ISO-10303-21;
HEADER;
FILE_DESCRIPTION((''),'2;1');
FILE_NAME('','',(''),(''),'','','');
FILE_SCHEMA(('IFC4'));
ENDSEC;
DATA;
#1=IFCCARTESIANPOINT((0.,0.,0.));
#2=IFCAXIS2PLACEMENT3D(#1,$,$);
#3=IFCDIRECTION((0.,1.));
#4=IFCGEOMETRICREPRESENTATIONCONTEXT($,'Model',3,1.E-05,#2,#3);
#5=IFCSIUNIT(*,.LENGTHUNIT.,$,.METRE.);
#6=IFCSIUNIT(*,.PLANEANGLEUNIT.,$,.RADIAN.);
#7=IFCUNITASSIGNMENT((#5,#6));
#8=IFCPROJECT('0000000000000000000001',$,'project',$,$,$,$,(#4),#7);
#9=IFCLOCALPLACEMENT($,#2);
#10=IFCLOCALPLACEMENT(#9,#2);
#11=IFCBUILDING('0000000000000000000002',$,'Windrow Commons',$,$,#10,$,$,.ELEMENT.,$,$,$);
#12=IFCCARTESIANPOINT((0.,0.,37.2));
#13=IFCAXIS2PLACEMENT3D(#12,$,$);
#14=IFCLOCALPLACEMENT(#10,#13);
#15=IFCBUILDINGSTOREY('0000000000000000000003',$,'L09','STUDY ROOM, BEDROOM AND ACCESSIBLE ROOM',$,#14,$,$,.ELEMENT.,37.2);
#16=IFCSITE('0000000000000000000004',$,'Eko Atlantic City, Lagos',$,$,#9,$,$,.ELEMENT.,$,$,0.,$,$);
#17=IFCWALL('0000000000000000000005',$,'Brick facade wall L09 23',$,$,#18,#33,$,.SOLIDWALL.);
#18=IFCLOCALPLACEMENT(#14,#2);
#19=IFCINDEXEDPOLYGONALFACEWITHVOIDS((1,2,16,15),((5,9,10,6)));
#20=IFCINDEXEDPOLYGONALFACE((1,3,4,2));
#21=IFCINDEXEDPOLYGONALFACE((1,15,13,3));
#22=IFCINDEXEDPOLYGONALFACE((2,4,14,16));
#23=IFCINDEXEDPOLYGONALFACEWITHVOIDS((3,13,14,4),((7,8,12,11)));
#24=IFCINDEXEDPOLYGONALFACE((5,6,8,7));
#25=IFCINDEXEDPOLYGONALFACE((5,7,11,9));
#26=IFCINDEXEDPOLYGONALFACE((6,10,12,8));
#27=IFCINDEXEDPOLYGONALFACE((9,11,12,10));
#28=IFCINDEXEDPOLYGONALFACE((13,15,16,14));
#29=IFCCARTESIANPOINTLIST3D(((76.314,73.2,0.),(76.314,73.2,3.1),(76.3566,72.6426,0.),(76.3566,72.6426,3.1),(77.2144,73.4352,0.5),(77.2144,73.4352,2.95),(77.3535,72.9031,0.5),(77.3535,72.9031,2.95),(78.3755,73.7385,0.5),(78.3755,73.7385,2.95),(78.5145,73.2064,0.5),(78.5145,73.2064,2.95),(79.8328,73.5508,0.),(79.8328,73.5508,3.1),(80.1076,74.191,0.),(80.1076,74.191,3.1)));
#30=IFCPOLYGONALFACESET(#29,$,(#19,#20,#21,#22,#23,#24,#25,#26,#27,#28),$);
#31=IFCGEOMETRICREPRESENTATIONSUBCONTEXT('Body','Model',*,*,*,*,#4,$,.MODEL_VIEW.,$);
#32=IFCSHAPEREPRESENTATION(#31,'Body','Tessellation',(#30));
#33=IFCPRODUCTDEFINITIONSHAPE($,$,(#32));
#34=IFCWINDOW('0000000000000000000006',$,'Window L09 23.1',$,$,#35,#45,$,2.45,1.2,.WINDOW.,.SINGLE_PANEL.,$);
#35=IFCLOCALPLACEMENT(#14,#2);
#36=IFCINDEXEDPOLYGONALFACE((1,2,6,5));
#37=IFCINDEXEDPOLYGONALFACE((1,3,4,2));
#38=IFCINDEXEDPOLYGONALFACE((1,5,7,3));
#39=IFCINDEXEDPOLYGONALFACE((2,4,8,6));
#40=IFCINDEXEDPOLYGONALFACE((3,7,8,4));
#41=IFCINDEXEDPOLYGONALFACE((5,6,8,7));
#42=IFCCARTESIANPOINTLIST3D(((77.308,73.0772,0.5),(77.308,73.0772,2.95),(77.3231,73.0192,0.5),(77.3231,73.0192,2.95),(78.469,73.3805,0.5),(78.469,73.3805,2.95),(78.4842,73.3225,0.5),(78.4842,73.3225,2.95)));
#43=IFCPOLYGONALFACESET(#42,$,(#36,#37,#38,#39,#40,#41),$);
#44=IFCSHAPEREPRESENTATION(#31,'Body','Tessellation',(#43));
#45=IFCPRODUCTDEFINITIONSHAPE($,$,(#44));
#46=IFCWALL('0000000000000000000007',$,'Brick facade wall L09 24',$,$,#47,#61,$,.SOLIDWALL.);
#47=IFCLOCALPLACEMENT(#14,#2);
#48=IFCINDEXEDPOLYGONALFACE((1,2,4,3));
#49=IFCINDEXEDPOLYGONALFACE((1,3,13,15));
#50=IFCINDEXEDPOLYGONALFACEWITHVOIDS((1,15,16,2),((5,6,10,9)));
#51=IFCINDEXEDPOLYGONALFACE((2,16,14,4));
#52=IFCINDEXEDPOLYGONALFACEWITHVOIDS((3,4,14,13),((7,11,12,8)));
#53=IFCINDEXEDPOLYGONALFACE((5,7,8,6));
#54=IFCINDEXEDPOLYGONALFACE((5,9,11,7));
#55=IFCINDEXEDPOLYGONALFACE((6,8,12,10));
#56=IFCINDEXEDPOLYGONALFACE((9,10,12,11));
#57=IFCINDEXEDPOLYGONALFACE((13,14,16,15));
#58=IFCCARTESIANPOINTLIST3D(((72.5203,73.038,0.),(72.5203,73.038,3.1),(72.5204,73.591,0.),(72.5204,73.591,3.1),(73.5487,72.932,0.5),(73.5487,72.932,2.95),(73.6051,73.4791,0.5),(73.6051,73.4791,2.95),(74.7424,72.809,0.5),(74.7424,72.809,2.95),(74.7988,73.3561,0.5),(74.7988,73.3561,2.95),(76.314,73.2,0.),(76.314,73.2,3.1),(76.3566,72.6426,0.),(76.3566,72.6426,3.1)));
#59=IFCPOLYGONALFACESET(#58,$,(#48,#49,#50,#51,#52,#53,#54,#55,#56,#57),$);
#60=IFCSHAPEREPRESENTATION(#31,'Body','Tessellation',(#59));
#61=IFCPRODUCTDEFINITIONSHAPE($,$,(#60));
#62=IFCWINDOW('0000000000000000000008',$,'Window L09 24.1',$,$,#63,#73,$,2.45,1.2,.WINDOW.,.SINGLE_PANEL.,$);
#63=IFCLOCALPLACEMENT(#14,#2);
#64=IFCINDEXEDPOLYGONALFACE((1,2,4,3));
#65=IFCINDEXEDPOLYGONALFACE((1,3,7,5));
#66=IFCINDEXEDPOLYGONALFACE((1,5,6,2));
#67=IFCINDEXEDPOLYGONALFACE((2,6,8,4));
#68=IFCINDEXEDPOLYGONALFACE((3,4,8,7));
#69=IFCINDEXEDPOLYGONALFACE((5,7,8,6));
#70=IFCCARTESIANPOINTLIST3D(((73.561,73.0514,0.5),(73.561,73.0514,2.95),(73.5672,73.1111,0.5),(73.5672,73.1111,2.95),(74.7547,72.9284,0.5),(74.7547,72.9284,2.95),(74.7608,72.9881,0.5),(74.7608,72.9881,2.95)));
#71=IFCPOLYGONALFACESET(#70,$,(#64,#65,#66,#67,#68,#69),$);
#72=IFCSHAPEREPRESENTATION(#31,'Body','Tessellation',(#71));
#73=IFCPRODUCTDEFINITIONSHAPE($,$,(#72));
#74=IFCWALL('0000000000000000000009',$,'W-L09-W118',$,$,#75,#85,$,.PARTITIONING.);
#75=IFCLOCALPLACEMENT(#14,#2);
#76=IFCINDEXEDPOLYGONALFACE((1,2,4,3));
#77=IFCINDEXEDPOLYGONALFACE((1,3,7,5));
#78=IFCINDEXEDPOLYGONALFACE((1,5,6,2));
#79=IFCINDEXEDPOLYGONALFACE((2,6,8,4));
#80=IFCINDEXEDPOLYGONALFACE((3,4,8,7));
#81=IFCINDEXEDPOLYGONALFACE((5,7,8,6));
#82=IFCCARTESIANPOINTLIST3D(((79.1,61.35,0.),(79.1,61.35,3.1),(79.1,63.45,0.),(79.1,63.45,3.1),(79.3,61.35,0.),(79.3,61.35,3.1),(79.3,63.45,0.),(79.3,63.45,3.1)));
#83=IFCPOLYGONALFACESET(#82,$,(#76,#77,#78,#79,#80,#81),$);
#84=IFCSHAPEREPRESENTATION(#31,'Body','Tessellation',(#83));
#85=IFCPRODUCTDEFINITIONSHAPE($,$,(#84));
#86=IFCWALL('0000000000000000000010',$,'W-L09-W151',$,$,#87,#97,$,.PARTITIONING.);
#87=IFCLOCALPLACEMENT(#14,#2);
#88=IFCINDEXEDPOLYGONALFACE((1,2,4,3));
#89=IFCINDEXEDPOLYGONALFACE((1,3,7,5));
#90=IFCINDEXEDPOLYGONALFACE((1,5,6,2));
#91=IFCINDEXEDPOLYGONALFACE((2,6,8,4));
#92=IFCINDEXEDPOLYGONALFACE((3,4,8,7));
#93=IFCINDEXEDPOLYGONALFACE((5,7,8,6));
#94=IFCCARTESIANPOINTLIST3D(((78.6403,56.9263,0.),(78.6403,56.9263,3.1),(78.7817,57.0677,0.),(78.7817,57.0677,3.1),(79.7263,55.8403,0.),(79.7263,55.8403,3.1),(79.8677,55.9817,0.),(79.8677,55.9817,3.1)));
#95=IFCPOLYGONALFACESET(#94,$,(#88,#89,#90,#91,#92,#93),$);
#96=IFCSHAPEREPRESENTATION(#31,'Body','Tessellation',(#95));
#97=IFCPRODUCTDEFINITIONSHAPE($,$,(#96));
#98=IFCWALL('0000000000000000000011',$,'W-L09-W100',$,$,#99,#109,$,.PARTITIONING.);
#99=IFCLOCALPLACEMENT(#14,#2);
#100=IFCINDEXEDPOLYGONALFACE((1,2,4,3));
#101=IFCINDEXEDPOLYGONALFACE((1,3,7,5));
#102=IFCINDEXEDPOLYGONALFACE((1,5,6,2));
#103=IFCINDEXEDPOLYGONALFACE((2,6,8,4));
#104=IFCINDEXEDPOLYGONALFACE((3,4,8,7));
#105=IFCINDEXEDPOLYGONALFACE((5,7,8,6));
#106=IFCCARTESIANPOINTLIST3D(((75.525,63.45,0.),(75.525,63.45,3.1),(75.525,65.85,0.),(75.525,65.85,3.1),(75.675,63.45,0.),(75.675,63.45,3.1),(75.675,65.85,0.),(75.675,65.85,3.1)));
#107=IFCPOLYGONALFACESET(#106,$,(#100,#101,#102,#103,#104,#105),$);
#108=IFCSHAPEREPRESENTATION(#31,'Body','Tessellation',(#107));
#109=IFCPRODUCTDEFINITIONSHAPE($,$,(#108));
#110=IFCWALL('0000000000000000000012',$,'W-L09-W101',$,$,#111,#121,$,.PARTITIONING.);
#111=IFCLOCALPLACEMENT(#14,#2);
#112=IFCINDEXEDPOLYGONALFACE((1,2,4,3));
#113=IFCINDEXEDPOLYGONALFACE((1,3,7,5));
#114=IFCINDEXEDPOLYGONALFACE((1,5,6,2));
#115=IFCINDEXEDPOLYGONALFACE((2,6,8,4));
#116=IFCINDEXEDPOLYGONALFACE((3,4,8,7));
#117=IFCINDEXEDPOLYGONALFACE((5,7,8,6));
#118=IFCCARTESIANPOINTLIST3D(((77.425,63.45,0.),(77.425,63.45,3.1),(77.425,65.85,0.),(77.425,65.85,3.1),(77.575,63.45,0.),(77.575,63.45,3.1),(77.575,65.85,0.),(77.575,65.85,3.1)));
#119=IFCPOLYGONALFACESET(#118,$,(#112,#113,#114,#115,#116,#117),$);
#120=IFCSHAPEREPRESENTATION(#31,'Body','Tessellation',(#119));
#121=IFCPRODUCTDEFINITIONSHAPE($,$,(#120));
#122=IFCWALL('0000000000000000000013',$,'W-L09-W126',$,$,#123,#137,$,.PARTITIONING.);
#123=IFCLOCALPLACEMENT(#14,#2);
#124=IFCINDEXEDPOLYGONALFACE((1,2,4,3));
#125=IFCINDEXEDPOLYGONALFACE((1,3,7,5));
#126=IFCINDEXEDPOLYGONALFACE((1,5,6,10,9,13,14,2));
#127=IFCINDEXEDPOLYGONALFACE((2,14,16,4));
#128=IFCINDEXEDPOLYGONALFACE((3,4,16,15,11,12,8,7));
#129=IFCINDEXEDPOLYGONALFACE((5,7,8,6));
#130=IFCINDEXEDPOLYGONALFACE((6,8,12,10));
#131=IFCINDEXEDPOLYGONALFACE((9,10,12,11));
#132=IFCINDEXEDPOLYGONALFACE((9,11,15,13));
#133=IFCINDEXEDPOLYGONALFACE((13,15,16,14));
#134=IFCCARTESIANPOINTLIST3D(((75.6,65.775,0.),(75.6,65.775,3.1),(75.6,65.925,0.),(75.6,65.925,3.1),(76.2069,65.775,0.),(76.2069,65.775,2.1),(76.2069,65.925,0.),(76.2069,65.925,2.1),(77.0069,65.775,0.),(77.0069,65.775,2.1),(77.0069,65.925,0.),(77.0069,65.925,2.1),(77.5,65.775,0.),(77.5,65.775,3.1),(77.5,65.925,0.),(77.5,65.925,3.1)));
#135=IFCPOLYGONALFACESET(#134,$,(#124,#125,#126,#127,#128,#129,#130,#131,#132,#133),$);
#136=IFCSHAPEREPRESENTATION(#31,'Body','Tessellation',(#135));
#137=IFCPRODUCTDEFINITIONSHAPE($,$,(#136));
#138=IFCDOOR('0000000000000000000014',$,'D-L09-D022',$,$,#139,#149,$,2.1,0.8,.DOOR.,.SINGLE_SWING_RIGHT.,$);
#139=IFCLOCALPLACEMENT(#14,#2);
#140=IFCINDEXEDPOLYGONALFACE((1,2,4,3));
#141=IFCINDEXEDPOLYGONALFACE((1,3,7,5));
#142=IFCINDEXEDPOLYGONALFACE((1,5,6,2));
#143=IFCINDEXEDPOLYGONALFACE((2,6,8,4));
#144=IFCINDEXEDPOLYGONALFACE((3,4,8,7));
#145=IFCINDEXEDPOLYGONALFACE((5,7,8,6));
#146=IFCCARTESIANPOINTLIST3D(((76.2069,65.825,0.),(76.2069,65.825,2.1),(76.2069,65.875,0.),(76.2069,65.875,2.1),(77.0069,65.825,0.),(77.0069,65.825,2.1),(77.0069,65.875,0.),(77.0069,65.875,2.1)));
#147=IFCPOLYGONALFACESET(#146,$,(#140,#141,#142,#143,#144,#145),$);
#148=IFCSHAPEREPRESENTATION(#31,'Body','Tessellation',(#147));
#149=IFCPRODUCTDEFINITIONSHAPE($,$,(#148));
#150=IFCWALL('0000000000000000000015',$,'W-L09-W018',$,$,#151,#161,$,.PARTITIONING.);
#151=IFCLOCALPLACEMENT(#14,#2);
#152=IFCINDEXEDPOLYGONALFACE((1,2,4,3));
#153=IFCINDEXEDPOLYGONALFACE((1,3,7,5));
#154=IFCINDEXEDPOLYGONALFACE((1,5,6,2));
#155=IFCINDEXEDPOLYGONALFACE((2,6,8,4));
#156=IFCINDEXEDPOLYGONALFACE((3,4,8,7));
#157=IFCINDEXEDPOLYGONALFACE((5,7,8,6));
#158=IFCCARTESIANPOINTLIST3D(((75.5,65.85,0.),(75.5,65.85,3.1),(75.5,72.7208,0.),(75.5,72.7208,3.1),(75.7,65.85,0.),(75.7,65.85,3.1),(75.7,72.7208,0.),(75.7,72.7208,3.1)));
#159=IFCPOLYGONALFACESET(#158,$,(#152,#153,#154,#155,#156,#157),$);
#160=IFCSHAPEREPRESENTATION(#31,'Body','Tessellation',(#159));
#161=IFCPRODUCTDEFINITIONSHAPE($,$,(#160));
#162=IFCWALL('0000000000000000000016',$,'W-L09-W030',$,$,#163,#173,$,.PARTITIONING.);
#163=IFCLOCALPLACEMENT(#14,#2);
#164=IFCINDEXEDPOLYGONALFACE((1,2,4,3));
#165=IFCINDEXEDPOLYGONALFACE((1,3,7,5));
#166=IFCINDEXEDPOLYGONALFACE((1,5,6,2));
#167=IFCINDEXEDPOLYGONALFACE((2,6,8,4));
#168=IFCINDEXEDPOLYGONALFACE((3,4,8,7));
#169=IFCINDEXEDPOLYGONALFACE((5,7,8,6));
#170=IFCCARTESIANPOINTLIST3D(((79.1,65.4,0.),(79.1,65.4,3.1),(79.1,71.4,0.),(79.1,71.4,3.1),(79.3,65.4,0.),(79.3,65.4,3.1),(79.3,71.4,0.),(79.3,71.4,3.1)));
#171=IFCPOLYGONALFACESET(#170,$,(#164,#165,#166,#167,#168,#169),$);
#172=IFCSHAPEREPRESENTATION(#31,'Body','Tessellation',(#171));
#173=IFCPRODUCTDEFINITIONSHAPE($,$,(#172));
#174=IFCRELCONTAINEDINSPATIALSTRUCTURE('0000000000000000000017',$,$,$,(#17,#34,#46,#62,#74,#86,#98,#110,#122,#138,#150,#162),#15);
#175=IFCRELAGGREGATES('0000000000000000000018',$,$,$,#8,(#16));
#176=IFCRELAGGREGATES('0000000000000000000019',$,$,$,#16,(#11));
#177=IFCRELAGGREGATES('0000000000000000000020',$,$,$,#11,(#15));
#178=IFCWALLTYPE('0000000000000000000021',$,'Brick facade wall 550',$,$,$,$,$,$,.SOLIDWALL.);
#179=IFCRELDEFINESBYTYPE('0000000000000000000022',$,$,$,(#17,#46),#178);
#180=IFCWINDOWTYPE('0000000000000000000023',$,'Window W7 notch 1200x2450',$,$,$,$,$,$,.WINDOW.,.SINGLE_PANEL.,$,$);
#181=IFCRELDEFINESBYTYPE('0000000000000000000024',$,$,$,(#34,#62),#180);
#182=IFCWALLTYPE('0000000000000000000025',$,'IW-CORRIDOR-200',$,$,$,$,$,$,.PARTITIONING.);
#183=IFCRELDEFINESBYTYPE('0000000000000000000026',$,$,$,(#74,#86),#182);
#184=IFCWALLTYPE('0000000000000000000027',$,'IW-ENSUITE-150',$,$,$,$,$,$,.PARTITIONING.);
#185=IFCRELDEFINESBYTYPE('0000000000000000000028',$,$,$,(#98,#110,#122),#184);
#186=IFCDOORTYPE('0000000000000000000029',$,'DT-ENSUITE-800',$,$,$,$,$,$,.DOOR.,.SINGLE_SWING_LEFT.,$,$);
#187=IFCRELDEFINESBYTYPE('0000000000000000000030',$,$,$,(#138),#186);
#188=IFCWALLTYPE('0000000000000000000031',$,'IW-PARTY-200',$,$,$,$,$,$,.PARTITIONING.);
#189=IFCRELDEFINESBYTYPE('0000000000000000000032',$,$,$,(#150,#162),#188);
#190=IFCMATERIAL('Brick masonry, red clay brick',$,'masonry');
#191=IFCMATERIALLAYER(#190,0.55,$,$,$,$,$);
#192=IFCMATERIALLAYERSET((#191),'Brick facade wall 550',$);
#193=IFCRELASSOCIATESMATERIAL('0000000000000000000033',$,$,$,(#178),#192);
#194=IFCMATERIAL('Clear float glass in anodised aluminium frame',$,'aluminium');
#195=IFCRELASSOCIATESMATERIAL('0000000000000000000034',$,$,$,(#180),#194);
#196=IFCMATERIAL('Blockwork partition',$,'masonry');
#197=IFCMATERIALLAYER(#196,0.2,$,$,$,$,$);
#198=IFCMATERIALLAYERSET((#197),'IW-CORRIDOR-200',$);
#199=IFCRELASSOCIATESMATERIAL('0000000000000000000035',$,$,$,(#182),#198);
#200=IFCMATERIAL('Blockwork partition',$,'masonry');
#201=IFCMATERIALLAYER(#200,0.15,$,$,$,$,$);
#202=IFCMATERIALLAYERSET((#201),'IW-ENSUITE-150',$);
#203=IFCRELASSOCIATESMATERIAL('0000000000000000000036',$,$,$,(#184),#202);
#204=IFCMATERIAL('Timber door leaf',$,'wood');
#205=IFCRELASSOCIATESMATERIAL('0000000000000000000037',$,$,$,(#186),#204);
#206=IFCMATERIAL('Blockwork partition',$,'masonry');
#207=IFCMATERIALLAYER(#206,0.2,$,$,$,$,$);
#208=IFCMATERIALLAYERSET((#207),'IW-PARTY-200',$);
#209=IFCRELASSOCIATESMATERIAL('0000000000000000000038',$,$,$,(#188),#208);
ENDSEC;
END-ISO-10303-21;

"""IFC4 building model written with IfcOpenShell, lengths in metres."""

from ifc_helpers import new_model, si_unit, direction, frame, frame_2d, origin, place, context, subcontext, project, spatial, polyline, rectangle, outline, extrude, material, layer, layer_set, type_object, element, fill, save


model = new_model("IFC4")

# Units and contexts
model_context = context("Model", 3, precision=1e-05, world=origin(), true_north=direction((0.0, 1.0)))
body_context = subcontext(model_context, "Body", "Model", "MODEL_VIEW")
ifc_project = project(units=[si_unit("LENGTHUNIT", "METRE"), si_unit("PLANEANGLEUNIT", "RADIAN")], contexts=[model_context])

# Site, building, storey
site_placement = place(None, origin())
site = spatial("IfcSite", under=ifc_project, at=site_placement, Name="Eko Atlantic City, Lagos", CompositionType="ELEMENT", RefElevation=0.0)
building_placement = place(site_placement, origin())
building = spatial("IfcBuilding", under=site, at=building_placement, Name="Windrow Commons", CompositionType="ELEMENT")
storey_placement = place(building_placement, frame((0.0, 0.0, 37.2)))
storey = spatial("IfcBuildingStorey", under=building, at=storey_placement, Name="L09", Description="STUDY ROOM, BEDROOM AND ACCESSIBLE ROOM", CompositionType="ELEMENT", Elevation=37.2)

# Walls, openings, windows
ifc_material_1 = material(Name="Brick masonry, red clay brick", Category="masonry")
ifc_layer_1 = layer(ifc_material_1, 0.55)
ifc_layer_set_1 = layer_set([ifc_layer_1], Name="Brick facade wall 550")
wall_type_1 = type_object("IfcWallType", Name="Brick facade wall 550", PredefinedType="SOLIDWALL", material=ifc_layer_set_1)
ifc_material_2 = material(Name="Clear float glass in anodised aluminium frame", Category="aluminium")
window_type = type_object("IfcWindowType", Name="Window W7 notch 1200x2450", PartitioningType="SINGLE_PANEL", PredefinedType="WINDOW", material=ifc_material_2)
wall_1_placement = place(storey_placement, frame((79.9702, 73.8709, 0.0), z_axis=(0.0, 0.0, 1.0), x_axis=(-0.967528, -0.252762, 0.0)))
wall_1 = element("IfcWall", 1, at=wall_1_placement, inside=storey, type_object=wall_type_1, Name="Brick facade wall L09 23", PredefinedType="SOLIDWALL", context=body_context, shape_type="SweptSolid", body=[
    extrude(outline(polyline([(-0.2139, -0.275), (3.7071, -0.275), (3.8067, 0.275), (0.2139, 0.275), (-0.2139, -0.275)])), origin(), (0.0, 0.0, 1.0), 3.1),
])
opening_1_placement = place(wall_1_placement, frame((1.5764, 0.0, 0.5)))
opening_1 = element("IfcOpeningElement", 2, at=opening_1_placement, cuts=wall_1, PredefinedType="OPENING", context=body_context, shape_type="SweptSolid", body=[
    extrude(rectangle(XDim=1.2, YDim=2.45, at=frame_2d((0.6, 1.225))), frame((0.0, 0.285, 0.0), z_axis=(0.0, -1.0, 0.0), x_axis=(1.0, 0.0, 0.0)), (0.0, 0.0, 1.0), 0.57),
])
window_1_placement = place(opening_1_placement, origin())
window_1 = element("IfcWindow", 3, at=window_1_placement, inside=storey, type_object=window_type, Name="Window L09 23.1", OverallHeight=2.45, OverallWidth=1.2, PartitioningType="SINGLE_PANEL", PredefinedType="WINDOW", context=body_context, shape_type="SweptSolid", body=[
    extrude(rectangle(XDim=1.2, YDim=2.45, at=frame_2d((0.6, 1.225))), frame((0.0, 0.155, 0.0), z_axis=(0.0, -1.0, 0.0), x_axis=(1.0, 0.0, 0.0)), (0.0, 0.0, 1.0), 0.06),
])
fill(opening_1, window_1)
wall_2_placement = place(storey_placement, frame((76.3353, 72.9213, 0.0), z_axis=(0.0, 0.0, 1.0), x_axis=(-0.994731, 0.102524, 0.0)))
wall_2 = element("IfcWall", 4, at=wall_2_placement, inside=storey, type_object=wall_type_1, Name="Brick facade wall L09 24", PredefinedType="SOLIDWALL", context=body_context, shape_type="SweptSolid", body=[
    extrude(outline(polyline([(0.0498, -0.275), (3.8635, -0.275), (3.8069, 0.275), (-0.0498, 0.275), (0.0498, -0.275)])), origin(), (0.0, 0.0, 1.0), 3.1),
])
opening_2_placement = place(wall_2_placement, frame((1.573, 0.0, 0.5)))
opening_2 = element("IfcOpeningElement", 5, at=opening_2_placement, cuts=wall_2, PredefinedType="OPENING", context=body_context, shape_type="SweptSolid", body=[
    extrude(rectangle(XDim=1.2, YDim=2.45, at=frame_2d((0.6, 1.225))), frame((0.0, 0.285, 0.0), z_axis=(0.0, -1.0, 0.0), x_axis=(1.0, 0.0, 0.0)), (0.0, 0.0, 1.0), 0.57),
])
window_2_placement = place(opening_2_placement, origin())
window_2 = element("IfcWindow", 6, at=window_2_placement, inside=storey, type_object=window_type, Name="Window L09 24.1", OverallHeight=2.45, OverallWidth=1.2, PartitioningType="SINGLE_PANEL", PredefinedType="WINDOW", context=body_context, shape_type="SweptSolid", body=[
    extrude(rectangle(XDim=1.2, YDim=2.45, at=frame_2d((0.6, 1.225))), frame((0.0, 0.155, 0.0), z_axis=(0.0, -1.0, 0.0), x_axis=(1.0, 0.0, 0.0)), (0.0, 0.0, 1.0), 0.06),
])
fill(opening_2, window_2)

# Walls
ifc_material_3 = material(Name="Blockwork partition", Category="masonry")
ifc_layer_2 = layer(ifc_material_3, 0.2)
ifc_layer_set_2 = layer_set([ifc_layer_2], Name="IW-CORRIDOR-200")
wall_type_2 = type_object("IfcWallType", Name="IW-CORRIDOR-200", PredefinedType="PARTITIONING", material=ifc_layer_set_2)
wall_3_placement = place(storey_placement, frame((79.2, 61.35, 0.0), z_axis=(0.0, 0.0, 1.0), x_axis=(0.0, 1.0, 0.0)))
element("IfcWall", 7, at=wall_3_placement, inside=storey, type_object=wall_type_2, Name="W-L09-W118", PredefinedType="PARTITIONING", context=body_context, shape_type="SweptSolid", body=[
    extrude(rectangle(XDim=2.1, YDim=0.2, at=frame_2d((1.05, 0.0))), origin(), (0.0, 0.0, 1.0), 3.1),
])
wall_4_placement = place(storey_placement, frame((78.711, 56.997, 0.0), z_axis=(0.0, 0.0, 1.0), x_axis=(0.707107, -0.707107, 0.0)))
element("IfcWall", 8, at=wall_4_placement, inside=storey, type_object=wall_type_2, Name="W-L09-W151", PredefinedType="PARTITIONING", context=body_context, shape_type="SweptSolid", body=[
    extrude(rectangle(XDim=1.5358, YDim=0.2, at=frame_2d((0.7679, 0.0))), origin(), (0.0, 0.0, 1.0), 3.1),
])
ifc_material_4 = material(Name="Blockwork partition", Category="masonry")
ifc_layer_3 = layer(ifc_material_4, 0.15)
ifc_layer_set_3 = layer_set([ifc_layer_3], Name="IW-ENSUITE-150")
wall_type_3 = type_object("IfcWallType", Name="IW-ENSUITE-150", PredefinedType="PARTITIONING", material=ifc_layer_set_3)
for number, where, z_axis, x_axis, name in (
    (9, (75.6, 63.45, 0.0), (0.0, 0.0, 1.0), (0.0, 1.0, 0.0), "W-L09-W100"),
    (10, (77.5, 63.45, 0.0), (0.0, 0.0, 1.0), (0.0, 1.0, 0.0), "W-L09-W101"),
):
    element("IfcWall", number, at=place(storey_placement, frame(where, z_axis=z_axis, x_axis=x_axis)), inside=storey, type_object=wall_type_3, Name=name, PredefinedType="PARTITIONING", context=body_context, shape_type="SweptSolid", body=[
        extrude(rectangle(XDim=2.4, YDim=0.15, at=frame_2d((1.2, 0.0))), origin(), (0.0, 0.0, 1.0), 3.1),
    ])

# Wall, opening, door
wall_5_placement = place(storey_placement, frame((75.6, 65.85, 0.0), z_axis=(0.0, 0.0, 1.0), x_axis=(1.0, 0.0, 0.0)))
wall_5 = element("IfcWall", 11, at=wall_5_placement, inside=storey, type_object=wall_type_3, Name="W-L09-W126", PredefinedType="PARTITIONING", context=body_context, shape_type="SweptSolid", body=[
    extrude(rectangle(XDim=1.9, YDim=0.15, at=frame_2d((0.95, 0.0))), origin(), (0.0, 0.0, 1.0), 3.1),
])
opening_3_placement = place(wall_5_placement, frame((0.6069, 0.0, 0.0)))
opening_3 = element("IfcOpeningElement", 12, at=opening_3_placement, cuts=wall_5, PredefinedType="OPENING", context=body_context, shape_type="SweptSolid", body=[
    extrude(rectangle(XDim=0.8, YDim=2.1, at=frame_2d((0.4, 1.05))), frame((0.0, 0.085, 0.0), z_axis=(0.0, -1.0, 0.0), x_axis=(1.0, 0.0, 0.0)), (0.0, 0.0, 1.0), 0.17),
])
ifc_material_5 = material(Name="Timber door leaf", Category="wood")
door_type_1 = type_object("IfcDoorType", Name="DT-ENSUITE-800", OperationType="SINGLE_SWING_LEFT", PredefinedType="DOOR", material=ifc_material_5)
door_1_placement = place(opening_3_placement, origin())
door_1 = element("IfcDoor", 13, at=door_1_placement, inside=storey, type_object=door_type_1, Name="D-L09-D022", OperationType="SINGLE_SWING_RIGHT", OverallHeight=2.1, OverallWidth=0.8, PredefinedType="DOOR", context=body_context, shape_type="SweptSolid", body=[
    extrude(rectangle(XDim=0.8, YDim=2.1, at=frame_2d((0.4, 1.05))), frame((0.0, 0.025, 0.0), z_axis=(0.0, -1.0, 0.0), x_axis=(1.0, 0.0, 0.0)), (0.0, 0.0, 1.0), 0.05),
])
fill(opening_3, door_1)

# Walls
ifc_material_6 = material(Name="Blockwork partition", Category="masonry")
ifc_layer_4 = layer(ifc_material_6, 0.2)
ifc_layer_set_4 = layer_set([ifc_layer_4], Name="IW-PARTY-200")
wall_type_4 = type_object("IfcWallType", Name="IW-PARTY-200", PredefinedType="PARTITIONING", material=ifc_layer_set_4)
wall_6_placement = place(storey_placement, frame((75.6, 65.85, 0.0), z_axis=(0.0, 0.0, 1.0), x_axis=(0.0, 1.0, 0.0)))
element("IfcWall", 14, at=wall_6_placement, inside=storey, type_object=wall_type_4, Name="W-L09-W018", PredefinedType="PARTITIONING", context=body_context, shape_type="SweptSolid", body=[
    extrude(rectangle(XDim=6.8707, YDim=0.2, at=frame_2d((3.4354, 0.0))), origin(), (0.0, 0.0, 1.0), 3.1),
])
for number, where, z_axis, x_axis, name in (
    (15, (79.2, 65.4, 0.0), (0.0, 0.0, 1.0), (0.0, 1.0, 0.0), "W-L09-W030"),
):
    element("IfcWall", number, at=place(storey_placement, frame(where, z_axis=z_axis, x_axis=x_axis)), inside=storey, type_object=wall_type_4, Name=name, PredefinedType="PARTITIONING", context=body_context, shape_type="SweptSolid", body=[
        extrude(rectangle(XDim=6.0, YDim=0.2, at=frame_2d((3.0, 0.0))), origin(), (0.0, 0.0, 1.0), 3.1),
    ])

save(model, "model.ifc")
